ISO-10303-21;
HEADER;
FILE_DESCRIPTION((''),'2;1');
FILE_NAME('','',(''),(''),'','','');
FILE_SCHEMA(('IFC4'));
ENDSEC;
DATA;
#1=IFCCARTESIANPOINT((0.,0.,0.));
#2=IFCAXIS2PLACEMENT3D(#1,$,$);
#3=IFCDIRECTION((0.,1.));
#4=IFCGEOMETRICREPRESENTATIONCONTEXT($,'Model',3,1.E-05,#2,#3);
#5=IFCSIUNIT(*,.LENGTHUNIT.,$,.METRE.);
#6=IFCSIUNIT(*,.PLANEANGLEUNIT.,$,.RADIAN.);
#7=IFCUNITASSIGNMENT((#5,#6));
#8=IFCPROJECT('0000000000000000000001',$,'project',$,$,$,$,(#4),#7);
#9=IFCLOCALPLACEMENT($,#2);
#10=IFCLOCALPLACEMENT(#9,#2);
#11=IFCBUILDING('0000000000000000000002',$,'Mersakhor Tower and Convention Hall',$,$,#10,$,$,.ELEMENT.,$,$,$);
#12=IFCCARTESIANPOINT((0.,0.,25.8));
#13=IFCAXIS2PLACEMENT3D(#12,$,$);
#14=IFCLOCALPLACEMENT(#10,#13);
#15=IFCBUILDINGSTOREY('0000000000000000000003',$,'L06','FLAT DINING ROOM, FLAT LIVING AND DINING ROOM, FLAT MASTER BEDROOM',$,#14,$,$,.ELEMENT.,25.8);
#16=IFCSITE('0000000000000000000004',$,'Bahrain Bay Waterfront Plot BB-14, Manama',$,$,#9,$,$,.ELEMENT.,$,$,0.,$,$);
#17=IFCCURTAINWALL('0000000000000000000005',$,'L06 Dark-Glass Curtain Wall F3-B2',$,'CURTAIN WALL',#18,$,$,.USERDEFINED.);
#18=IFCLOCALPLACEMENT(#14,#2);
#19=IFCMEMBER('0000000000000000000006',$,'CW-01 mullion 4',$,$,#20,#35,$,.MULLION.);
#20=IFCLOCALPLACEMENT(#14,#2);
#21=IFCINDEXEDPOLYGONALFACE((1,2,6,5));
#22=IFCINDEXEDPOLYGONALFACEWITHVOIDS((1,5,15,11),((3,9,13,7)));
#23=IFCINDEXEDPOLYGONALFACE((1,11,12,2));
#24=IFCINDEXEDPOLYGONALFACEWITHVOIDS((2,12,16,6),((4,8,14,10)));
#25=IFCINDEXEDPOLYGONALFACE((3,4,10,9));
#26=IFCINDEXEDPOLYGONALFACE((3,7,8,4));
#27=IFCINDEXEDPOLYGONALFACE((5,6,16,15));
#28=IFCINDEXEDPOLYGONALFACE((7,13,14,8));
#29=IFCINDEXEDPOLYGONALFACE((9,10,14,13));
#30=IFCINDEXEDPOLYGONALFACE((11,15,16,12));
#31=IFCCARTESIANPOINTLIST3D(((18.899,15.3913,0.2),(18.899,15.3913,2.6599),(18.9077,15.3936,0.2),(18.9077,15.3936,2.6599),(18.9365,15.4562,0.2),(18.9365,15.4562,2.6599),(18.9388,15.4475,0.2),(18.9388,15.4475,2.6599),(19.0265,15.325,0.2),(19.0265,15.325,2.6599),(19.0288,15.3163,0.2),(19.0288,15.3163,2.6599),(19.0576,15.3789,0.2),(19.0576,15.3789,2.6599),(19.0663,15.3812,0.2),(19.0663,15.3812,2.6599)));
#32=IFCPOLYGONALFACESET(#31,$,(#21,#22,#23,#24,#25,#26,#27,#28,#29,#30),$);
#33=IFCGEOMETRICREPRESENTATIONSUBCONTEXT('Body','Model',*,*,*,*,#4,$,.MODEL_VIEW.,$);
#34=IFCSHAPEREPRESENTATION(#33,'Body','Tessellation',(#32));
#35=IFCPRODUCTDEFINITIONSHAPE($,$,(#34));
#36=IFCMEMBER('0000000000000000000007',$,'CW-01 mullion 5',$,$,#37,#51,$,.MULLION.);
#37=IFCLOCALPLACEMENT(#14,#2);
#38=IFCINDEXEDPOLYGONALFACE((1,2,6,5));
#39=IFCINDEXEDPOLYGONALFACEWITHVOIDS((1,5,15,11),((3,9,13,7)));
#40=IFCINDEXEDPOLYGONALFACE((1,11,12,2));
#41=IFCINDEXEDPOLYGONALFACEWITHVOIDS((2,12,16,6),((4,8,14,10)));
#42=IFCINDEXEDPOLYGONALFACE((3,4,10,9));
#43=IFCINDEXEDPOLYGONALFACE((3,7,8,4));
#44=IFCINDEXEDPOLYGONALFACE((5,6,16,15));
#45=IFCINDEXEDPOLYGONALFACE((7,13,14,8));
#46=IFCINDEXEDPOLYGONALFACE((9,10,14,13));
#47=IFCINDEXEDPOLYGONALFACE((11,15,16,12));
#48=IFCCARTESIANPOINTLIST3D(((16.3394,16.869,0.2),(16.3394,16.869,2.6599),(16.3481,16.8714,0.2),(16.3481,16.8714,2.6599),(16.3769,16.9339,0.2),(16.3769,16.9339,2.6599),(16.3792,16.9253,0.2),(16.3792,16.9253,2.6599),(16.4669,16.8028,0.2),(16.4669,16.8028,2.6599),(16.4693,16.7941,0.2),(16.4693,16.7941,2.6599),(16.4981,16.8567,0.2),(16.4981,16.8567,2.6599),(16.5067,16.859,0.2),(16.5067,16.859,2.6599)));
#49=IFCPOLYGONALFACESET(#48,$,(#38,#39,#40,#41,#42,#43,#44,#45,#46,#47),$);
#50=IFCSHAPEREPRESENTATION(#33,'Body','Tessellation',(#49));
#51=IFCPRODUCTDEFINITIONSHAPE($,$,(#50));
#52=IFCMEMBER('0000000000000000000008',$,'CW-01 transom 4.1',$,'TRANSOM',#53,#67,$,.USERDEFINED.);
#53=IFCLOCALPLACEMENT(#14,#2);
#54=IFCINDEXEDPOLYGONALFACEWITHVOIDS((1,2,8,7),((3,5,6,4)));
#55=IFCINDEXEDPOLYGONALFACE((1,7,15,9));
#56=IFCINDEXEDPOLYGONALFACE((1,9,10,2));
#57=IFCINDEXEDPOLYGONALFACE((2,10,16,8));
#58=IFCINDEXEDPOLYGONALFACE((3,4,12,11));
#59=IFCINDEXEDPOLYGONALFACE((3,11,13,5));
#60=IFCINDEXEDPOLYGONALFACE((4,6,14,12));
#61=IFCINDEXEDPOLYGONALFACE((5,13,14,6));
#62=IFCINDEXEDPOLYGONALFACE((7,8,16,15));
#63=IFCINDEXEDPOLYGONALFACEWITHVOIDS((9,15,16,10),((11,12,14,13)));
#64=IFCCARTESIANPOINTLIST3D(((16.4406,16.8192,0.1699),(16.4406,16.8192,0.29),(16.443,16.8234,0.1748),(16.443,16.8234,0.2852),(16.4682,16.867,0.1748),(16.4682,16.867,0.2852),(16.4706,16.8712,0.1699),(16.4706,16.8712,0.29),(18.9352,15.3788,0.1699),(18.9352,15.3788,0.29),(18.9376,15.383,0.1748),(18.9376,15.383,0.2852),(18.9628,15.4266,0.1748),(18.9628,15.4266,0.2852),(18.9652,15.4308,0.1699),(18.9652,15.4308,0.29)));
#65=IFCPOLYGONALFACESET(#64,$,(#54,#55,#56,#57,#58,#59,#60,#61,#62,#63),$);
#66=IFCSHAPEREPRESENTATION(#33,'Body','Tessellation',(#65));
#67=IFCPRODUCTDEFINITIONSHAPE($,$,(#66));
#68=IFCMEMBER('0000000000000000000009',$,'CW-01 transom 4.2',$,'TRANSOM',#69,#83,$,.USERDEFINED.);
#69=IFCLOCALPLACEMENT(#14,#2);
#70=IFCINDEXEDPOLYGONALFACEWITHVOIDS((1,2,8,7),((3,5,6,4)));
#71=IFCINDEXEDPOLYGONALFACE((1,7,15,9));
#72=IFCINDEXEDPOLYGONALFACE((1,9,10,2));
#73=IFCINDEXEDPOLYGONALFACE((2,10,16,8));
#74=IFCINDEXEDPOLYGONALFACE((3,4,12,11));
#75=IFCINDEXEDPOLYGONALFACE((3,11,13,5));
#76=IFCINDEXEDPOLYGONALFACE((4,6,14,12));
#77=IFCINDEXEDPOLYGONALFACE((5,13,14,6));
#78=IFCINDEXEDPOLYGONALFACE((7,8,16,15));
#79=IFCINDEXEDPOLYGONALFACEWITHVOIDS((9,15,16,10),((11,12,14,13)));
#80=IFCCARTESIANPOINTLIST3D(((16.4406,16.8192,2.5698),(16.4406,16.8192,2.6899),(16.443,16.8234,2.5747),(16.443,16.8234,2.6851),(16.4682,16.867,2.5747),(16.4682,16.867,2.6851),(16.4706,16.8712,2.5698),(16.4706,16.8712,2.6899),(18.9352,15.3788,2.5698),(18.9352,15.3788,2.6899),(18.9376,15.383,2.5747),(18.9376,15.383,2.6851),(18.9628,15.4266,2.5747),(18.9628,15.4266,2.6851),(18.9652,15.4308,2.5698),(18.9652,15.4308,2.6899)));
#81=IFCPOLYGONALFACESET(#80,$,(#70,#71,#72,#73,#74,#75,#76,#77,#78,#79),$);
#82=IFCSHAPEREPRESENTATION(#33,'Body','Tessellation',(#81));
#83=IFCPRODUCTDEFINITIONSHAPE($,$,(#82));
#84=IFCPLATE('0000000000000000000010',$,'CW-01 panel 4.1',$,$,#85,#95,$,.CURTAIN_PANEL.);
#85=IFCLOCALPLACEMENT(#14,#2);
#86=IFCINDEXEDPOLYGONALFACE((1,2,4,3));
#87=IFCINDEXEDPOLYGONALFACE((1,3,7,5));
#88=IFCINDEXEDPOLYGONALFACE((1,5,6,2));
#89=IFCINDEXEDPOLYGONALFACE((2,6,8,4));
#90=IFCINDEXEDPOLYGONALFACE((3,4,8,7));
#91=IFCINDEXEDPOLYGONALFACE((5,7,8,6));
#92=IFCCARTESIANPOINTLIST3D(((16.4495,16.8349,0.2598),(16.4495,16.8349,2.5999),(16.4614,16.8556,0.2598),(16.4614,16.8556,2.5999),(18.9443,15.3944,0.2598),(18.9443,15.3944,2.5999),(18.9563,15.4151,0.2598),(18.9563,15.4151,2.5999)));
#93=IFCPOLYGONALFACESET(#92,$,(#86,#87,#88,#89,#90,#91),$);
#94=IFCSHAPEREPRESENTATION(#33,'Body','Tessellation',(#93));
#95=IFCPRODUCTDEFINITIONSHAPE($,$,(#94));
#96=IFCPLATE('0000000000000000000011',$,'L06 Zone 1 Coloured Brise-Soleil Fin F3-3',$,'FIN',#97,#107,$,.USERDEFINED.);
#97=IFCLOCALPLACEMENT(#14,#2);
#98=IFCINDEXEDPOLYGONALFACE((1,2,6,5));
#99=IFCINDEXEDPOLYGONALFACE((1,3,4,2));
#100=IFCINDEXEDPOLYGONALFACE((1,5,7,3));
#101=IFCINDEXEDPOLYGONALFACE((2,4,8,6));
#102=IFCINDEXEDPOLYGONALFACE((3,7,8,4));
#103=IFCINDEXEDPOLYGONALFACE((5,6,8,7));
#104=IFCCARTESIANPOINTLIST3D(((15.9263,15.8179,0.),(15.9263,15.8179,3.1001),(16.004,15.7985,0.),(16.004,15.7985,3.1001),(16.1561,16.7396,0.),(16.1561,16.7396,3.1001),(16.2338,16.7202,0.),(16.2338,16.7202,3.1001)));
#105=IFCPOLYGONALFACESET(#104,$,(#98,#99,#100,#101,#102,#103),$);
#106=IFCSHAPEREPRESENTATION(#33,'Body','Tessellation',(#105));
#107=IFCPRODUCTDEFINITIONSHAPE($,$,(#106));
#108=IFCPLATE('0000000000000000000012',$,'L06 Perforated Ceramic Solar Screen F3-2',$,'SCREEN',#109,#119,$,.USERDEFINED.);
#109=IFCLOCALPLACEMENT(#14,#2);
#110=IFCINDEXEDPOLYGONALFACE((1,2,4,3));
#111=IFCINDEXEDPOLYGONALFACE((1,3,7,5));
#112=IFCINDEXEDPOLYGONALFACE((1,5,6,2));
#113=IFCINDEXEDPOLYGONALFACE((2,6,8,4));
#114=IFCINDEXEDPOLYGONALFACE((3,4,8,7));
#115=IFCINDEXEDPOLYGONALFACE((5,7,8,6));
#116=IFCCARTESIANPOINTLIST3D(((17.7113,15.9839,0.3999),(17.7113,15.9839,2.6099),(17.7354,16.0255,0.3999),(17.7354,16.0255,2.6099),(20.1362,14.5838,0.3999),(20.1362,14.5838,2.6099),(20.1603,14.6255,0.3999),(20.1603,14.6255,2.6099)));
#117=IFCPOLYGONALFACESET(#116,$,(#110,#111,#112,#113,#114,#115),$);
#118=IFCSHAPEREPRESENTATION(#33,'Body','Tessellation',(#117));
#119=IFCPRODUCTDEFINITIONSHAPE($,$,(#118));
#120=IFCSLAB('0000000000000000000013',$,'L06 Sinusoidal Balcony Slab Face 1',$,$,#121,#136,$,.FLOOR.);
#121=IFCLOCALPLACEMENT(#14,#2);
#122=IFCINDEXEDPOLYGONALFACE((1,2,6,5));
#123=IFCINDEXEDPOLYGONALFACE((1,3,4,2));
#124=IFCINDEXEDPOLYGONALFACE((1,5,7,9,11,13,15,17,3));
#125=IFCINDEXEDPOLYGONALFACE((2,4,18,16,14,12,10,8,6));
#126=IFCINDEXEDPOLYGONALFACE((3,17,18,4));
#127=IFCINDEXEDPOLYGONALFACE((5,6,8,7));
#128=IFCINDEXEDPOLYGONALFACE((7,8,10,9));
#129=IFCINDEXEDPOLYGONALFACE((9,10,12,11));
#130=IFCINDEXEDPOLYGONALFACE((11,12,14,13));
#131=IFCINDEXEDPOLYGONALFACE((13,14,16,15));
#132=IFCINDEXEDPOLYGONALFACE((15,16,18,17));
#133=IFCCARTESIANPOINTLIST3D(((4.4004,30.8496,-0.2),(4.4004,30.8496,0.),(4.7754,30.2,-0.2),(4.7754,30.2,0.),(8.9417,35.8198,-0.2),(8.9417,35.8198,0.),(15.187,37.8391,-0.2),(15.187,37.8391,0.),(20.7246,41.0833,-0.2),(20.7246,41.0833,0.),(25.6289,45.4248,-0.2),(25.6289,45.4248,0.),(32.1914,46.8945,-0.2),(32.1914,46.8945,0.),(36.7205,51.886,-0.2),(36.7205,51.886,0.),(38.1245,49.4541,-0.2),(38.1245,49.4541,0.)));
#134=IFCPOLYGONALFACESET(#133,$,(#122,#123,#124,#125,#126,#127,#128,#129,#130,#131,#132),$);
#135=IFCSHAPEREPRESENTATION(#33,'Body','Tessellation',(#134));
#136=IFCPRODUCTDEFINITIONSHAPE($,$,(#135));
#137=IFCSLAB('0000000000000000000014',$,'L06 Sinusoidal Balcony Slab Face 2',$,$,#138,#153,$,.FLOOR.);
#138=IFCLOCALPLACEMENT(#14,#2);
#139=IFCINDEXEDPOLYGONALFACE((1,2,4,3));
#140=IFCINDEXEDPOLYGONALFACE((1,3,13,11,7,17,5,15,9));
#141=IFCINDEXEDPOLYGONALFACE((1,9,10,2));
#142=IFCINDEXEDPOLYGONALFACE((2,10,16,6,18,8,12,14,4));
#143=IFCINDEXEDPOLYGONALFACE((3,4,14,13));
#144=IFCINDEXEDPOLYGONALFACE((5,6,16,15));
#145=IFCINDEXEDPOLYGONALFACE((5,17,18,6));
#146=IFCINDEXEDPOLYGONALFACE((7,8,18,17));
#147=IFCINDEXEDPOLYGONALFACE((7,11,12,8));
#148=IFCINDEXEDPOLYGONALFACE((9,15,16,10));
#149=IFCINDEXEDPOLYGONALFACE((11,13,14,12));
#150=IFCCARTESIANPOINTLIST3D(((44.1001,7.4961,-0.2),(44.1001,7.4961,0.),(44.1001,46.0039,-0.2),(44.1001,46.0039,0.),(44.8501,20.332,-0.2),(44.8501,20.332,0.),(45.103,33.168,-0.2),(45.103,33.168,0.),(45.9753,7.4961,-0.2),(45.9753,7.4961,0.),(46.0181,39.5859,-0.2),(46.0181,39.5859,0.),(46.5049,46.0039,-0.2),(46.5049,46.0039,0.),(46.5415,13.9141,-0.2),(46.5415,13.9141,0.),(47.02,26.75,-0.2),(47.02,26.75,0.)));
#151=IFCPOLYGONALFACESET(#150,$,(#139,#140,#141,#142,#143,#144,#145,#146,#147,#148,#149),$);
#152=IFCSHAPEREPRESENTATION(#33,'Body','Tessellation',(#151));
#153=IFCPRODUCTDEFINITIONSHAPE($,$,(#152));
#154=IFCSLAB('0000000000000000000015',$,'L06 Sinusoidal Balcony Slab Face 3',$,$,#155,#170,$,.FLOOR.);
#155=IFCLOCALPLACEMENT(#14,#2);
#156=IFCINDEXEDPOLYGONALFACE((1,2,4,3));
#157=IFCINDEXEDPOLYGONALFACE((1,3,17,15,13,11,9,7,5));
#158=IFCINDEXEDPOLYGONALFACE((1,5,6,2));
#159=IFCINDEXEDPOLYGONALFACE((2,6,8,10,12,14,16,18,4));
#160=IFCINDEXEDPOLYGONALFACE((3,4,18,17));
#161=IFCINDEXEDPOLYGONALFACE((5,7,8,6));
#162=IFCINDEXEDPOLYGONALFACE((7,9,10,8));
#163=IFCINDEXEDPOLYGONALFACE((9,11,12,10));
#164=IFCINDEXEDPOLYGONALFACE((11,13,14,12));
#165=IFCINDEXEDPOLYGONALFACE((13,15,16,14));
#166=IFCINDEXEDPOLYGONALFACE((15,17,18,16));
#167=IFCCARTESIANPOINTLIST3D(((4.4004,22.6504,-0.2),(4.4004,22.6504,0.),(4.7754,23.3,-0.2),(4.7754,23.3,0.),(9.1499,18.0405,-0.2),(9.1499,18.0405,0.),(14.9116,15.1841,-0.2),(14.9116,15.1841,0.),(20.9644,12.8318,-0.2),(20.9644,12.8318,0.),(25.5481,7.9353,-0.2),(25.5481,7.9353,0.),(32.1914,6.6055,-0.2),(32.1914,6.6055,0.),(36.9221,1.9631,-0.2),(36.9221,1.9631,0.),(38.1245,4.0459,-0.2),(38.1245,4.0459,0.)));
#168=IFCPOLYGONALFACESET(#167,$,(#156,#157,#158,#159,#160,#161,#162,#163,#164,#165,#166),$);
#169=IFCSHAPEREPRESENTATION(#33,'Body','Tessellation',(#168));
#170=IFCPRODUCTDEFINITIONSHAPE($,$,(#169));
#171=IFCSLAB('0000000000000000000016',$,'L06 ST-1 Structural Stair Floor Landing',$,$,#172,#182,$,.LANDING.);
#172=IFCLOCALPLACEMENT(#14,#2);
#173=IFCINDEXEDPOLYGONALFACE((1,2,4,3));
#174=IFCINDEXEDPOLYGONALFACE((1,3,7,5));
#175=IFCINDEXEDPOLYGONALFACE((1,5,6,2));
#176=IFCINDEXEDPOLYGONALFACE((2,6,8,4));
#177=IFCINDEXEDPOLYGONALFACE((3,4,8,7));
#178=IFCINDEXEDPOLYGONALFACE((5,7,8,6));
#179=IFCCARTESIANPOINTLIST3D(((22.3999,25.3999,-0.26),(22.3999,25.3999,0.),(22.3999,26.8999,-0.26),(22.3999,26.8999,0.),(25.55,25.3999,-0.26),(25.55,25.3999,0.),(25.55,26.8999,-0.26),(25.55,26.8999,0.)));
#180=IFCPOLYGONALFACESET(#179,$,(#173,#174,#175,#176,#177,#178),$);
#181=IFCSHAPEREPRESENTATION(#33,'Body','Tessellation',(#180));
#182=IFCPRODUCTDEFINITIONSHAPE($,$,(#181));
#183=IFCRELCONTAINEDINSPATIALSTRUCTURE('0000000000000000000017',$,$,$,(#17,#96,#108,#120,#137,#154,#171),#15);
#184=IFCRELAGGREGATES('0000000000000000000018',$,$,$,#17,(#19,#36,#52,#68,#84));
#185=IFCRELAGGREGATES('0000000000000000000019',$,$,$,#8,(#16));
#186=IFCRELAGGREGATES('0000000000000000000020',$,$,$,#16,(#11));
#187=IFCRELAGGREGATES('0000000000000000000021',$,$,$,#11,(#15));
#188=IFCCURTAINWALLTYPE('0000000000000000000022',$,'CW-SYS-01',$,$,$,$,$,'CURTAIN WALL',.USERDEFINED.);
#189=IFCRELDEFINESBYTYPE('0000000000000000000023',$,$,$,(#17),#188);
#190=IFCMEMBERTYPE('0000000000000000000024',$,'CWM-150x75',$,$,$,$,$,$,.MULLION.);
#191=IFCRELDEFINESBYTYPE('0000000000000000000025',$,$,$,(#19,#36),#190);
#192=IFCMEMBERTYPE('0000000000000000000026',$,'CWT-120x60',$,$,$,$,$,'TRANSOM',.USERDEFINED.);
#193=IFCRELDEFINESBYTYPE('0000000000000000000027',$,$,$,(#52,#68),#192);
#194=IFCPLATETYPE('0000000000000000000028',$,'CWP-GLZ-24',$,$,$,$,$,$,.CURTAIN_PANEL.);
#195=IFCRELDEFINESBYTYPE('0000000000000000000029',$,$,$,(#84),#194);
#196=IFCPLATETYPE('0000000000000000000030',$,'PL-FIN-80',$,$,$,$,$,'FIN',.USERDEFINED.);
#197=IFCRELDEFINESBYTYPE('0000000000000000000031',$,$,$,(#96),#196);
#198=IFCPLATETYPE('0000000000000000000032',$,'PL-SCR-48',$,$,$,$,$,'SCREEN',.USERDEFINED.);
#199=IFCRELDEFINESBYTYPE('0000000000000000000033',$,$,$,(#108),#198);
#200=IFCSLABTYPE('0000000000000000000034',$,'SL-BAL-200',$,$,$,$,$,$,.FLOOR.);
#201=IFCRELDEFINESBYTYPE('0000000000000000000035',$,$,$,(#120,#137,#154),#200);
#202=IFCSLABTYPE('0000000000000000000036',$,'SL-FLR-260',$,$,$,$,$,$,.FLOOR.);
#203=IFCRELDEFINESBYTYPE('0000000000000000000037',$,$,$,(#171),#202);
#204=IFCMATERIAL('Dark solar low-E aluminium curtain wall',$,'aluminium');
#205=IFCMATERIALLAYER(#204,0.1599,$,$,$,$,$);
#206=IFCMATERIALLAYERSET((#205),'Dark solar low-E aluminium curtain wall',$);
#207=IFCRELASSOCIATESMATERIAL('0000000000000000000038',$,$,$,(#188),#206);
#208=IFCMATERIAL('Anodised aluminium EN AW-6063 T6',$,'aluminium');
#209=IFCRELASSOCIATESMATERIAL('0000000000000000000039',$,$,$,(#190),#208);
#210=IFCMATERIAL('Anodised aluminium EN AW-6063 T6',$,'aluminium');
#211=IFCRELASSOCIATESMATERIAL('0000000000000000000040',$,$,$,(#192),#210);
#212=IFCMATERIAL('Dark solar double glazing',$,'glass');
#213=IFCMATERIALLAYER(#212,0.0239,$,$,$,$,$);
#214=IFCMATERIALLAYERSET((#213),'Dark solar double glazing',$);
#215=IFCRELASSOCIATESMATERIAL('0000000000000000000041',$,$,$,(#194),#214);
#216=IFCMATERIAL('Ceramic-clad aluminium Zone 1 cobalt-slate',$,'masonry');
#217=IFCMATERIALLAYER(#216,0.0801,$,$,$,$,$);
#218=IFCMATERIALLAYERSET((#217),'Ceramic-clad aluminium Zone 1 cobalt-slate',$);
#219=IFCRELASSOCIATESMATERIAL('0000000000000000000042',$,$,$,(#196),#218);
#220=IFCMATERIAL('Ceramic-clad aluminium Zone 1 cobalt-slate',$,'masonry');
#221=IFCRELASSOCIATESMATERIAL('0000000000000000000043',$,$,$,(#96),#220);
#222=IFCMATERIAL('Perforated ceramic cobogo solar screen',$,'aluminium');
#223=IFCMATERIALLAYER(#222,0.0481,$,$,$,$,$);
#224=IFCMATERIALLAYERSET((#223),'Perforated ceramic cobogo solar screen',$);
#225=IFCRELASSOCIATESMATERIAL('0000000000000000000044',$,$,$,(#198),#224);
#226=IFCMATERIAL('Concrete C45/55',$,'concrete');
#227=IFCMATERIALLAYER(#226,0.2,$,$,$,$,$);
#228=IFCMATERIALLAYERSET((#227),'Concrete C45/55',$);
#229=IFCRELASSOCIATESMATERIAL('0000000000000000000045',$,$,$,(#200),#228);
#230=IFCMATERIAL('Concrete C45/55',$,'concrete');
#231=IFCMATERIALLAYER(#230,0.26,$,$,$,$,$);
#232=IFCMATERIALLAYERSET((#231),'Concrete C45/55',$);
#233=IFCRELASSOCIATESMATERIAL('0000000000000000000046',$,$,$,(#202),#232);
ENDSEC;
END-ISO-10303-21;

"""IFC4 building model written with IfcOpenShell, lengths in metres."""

from ifc_helpers import new_model, si_unit, direction, frame, origin, origin_2d, place, context, subcontext, project, spatial, polyline, rectangle, hollow_rectangle, outline, extrude, material, layer, layer_set, material_profile, profile_set, type_object, element, aggregate, save


model = new_model("IFC4")

# Units and contexts
model_context = context("Model", 3, precision=1e-05, world=origin(), true_north=direction((0.0, 1.0)))
body_context = subcontext(model_context, "Body", "Model", "MODEL_VIEW")
ifc_project = project(units=[si_unit("LENGTHUNIT", "METRE"), si_unit("PLANEANGLEUNIT", "RADIAN")], contexts=[model_context])

# Site, building, storey
site_placement = place(None, origin())
site = spatial("IfcSite", under=ifc_project, at=site_placement, Name="Bahrain Bay Waterfront Plot BB-14, Manama", CompositionType="ELEMENT", RefElevation=0.0)
building_placement = place(site_placement, origin())
building = spatial("IfcBuilding", under=site, at=building_placement, Name="Mersakhor Tower and Convention Hall", CompositionType="ELEMENT")
storey_placement = place(building_placement, frame((0.0, 0.0, 25.8)))
storey = spatial("IfcBuildingStorey", under=building, at=storey_placement, Name="L06", Description="FLAT DINING ROOM, FLAT LIVING AND DINING ROOM, FLAT MASTER BEDROOM", CompositionType="ELEMENT", Elevation=25.8)

# Curtain wall, members, plate
ifc_material_1 = material(Name="Dark solar low-E aluminium curtain wall", Category="aluminium")
ifc_layer_1 = layer(ifc_material_1, 0.1599)
ifc_layer_set_1 = layer_set([ifc_layer_1], Name="Dark solar low-E aluminium curtain wall")
curtain_wall_type = type_object("IfcCurtainWallType", Name="CW-SYS-01", ElementType="CURTAIN WALL", PredefinedType="USERDEFINED", material=ifc_layer_set_1)
curtain_wall_placement = place(storey_placement, origin())
curtain_wall = element("IfcCurtainWall", 1, at=curtain_wall_placement, inside=storey, type_object=curtain_wall_type, Name="L06 Dark-Glass Curtain Wall F3-B2", ObjectType="CURTAIN WALL", PredefinedType="USERDEFINED")
ifc_material_2 = material(Name="Anodised aluminium EN AW-6063 T6", Category="aluminium")
ifc_material_profile_1 = material_profile(ifc_material_2, hollow_rectangle(XDim=0.075, YDim=0.1499, WallThickness=0.0063, at=origin_2d()), Name="RHS 150x75x6.3")
ifc_profile_set_1 = profile_set([ifc_material_profile_1], Name="Anodised aluminium EN AW-6063 T6")
member_type_1 = type_object("IfcMemberType", Name="CWM-150x75", PredefinedType="MULLION", material=ifc_profile_set_1)
member_1_placement = place(storey_placement, frame((18.9827, 15.3862, 0.2), z_axis=(0.0, 0.0, 1.0), x_axis=(-0.500003, -0.866023, 0.0)))
member_1 = element("IfcMember", 2, at=member_1_placement, type_object=member_type_1, Name="CW-01 mullion 4", PredefinedType="MULLION", context=body_context, shape_type="SweptSolid", body=[
    extrude(hollow_rectangle(XDim=0.075, YDim=0.1499, WallThickness=0.0063, at=origin_2d()), origin(), (0.0, 0.0, 1.0), 2.46),
])
member_2_placement = place(storey_placement, frame((16.4231, 16.864, 0.2), z_axis=(0.0, 0.0, 1.0), x_axis=(-0.500003, -0.866023, 0.0)))
member_2 = element("IfcMember", 3, at=member_2_placement, type_object=member_type_1, Name="CW-01 mullion 5", PredefinedType="MULLION", context=body_context, shape_type="SweptSolid", body=[
    extrude(hollow_rectangle(XDim=0.075, YDim=0.1499, WallThickness=0.0063, at=origin_2d()), origin(), (0.0, 0.0, 1.0), 2.46),
])
ifc_material_3 = material(Name="Anodised aluminium EN AW-6063 T6", Category="aluminium")
ifc_material_profile_2 = material_profile(ifc_material_3, hollow_rectangle(XDim=0.0601, YDim=0.1201, WallThickness=0.0049, at=origin_2d()), Name="RHS 120x60x5")
ifc_profile_set_2 = profile_set([ifc_material_profile_2], Name="Anodised aluminium EN AW-6063 T6")
member_type_2 = type_object("IfcMemberType", Name="CWT-120x60", ElementType="TRANSOM", PredefinedType="USERDEFINED", material=ifc_profile_set_2)
member_3_placement = place(storey_placement, frame((18.9502, 15.4048, 0.23), z_axis=(-0.866002, 0.50004, 0.0), x_axis=(-0.50004, -0.866002, 0.0)))
member_3 = element("IfcMember", 4, at=member_3_placement, type_object=member_type_2, Name="CW-01 transom 4.1", ObjectType="TRANSOM", PredefinedType="USERDEFINED", context=body_context, shape_type="SweptSolid", body=[
    extrude(hollow_rectangle(XDim=0.0601, YDim=0.1201, WallThickness=0.0049, at=origin_2d()), origin(), (0.0, 0.0, 1.0), 2.8806),
])
member_4_placement = place(storey_placement, frame((18.9502, 15.4048, 2.6299), z_axis=(-0.866002, 0.50004, 0.0), x_axis=(-0.50004, -0.866002, 0.0)))
member_4 = element("IfcMember", 5, at=member_4_placement, type_object=member_type_2, Name="CW-01 transom 4.2", ObjectType="TRANSOM", PredefinedType="USERDEFINED", context=body_context, shape_type="SweptSolid", body=[
    extrude(hollow_rectangle(XDim=0.0601, YDim=0.1201, WallThickness=0.0049, at=origin_2d()), origin(), (0.0, 0.0, 1.0), 2.8806),
])
ifc_material_4 = material(Name="Dark solar double glazing", Category="glass")
ifc_layer_2 = layer(ifc_material_4, 0.0239)
ifc_layer_set_2 = layer_set([ifc_layer_2], Name="Dark solar double glazing")
plate_type_1 = type_object("IfcPlateType", Name="CWP-GLZ-24", PredefinedType="CURTAIN_PANEL", material=ifc_layer_set_2)
plate_1_placement = place(storey_placement, frame((17.7029, 16.125, 0.2598), z_axis=(0.0, 0.0, 1.0), x_axis=(-0.866023, 0.500003, 0.0)))
plate_1 = element("IfcPlate", 6, at=plate_1_placement, type_object=plate_type_1, Name="CW-01 panel 4.1", PredefinedType="CURTAIN_PANEL", context=body_context, shape_type="SweptSolid", body=[
    extrude(rectangle(XDim=2.8809, YDim=0.0239, at=origin_2d()), origin(), (0.0, 0.0, 1.0), 2.3401),
])
aggregate(curtain_wall, [member_1, member_2, member_3, member_4, plate_1])

# Plates
ifc_material_5 = material(Name="Ceramic-clad aluminium Zone 1 cobalt-slate", Category="masonry")
ifc_material_6 = material(Name="Ceramic-clad aluminium Zone 1 cobalt-slate", Category="masonry")
ifc_layer_3 = layer(ifc_material_6, 0.0801)
ifc_layer_set_3 = layer_set([ifc_layer_3], Name="Ceramic-clad aluminium Zone 1 cobalt-slate")
plate_type_2 = type_object("IfcPlateType", Name="PL-FIN-80", ElementType="FIN", PredefinedType="USERDEFINED", material=ifc_layer_set_3)
plate_2_placement = place(storey_placement, frame((16.0801, 16.269, 0.0), z_axis=(0.0, 0.0, 1.0), x_axis=(-0.241922, -0.970296, 0.0)))
element("IfcPlate", 7, at=plate_2_placement, inside=storey, type_object=plate_type_2, material=ifc_material_5, Name="L06 Zone 1 Coloured Brise-Soleil Fin F3-3", ObjectType="FIN", PredefinedType="USERDEFINED", context=body_context, shape_type="SweptSolid", body=[
    extrude(rectangle(XDim=0.95, YDim=0.0801, at=origin_2d()), origin(), (0.0, 0.0, 1.0), 3.1001),
])
ifc_material_7 = material(Name="Perforated ceramic cobogo solar screen", Category="aluminium")
ifc_layer_4 = layer(ifc_material_7, 0.0481)
ifc_layer_set_4 = layer_set([ifc_layer_4], Name="Perforated ceramic cobogo solar screen")
plate_type_3 = type_object("IfcPlateType", Name="PL-SCR-48", ElementType="SCREEN", PredefinedType="USERDEFINED", material=ifc_layer_set_4)
plate_3_placement = place(storey_placement, frame((18.9358, 15.3047, 0.3999), z_axis=(0.0, 0.0, 1.0), x_axis=(-0.866025, 0.5, 0.0)))
element("IfcPlate", 8, at=plate_3_placement, inside=storey, type_object=plate_type_3, Name="L06 Perforated Ceramic Solar Screen F3-2", ObjectType="SCREEN", PredefinedType="USERDEFINED", context=body_context, shape_type="SweptSolid", body=[
    extrude(rectangle(XDim=2.8, YDim=0.0481, at=origin_2d()), origin(), (0.0, 0.0, 1.0), 2.21),
])

# Slabs
ifc_material_8 = material(Name="Concrete C45/55", Category="concrete")
ifc_layer_5 = layer(ifc_material_8, 0.2)
ifc_layer_set_5 = layer_set([ifc_layer_5], Name="Concrete C45/55")
slab_type_1 = type_object("IfcSlabType", Name="SL-BAL-200", PredefinedType="FLOOR", material=ifc_layer_set_5)
slab_1_placement = place(storey_placement, frame((0.0, 0.0, -0.2)))
element("IfcSlab", 9, at=slab_1_placement, inside=storey, type_object=slab_type_1, Name="L06 Sinusoidal Balcony Slab Face 1", PredefinedType="FLOOR", context=body_context, shape_type="SweptSolid", body=[
    extrude(outline(polyline([(4.7754, 30.2), (38.1245, 49.4541), (36.7205, 51.886), (32.1914, 46.8945), (25.6289, 45.4248), (20.7246, 41.0833), (15.187, 37.8391), (8.9417, 35.8198), (4.4004, 30.8496), (4.7754, 30.2)])), origin(), (0.0, 0.0, 1.0), 0.2),
])
slab_2_placement = place(storey_placement, frame((0.0, 0.0, -0.2)))
element("IfcSlab", 10, at=slab_2_placement, inside=storey, type_object=slab_type_1, Name="L06 Sinusoidal Balcony Slab Face 2", PredefinedType="FLOOR", context=body_context, shape_type="SweptSolid", body=[
    extrude(outline(polyline([(44.1001, 46.0039), (44.1001, 7.4961), (45.9753, 7.4961), (46.5415, 13.9141), (44.8501, 20.332), (47.02, 26.75), (45.103, 33.168), (46.0181, 39.5859), (46.5049, 46.0039), (44.1001, 46.0039)])), origin(), (0.0, 0.0, 1.0), 0.2),
])
slab_3_placement = place(storey_placement, frame((0.0, 0.0, -0.2)))
element("IfcSlab", 11, at=slab_3_placement, inside=storey, type_object=slab_type_1, Name="L06 Sinusoidal Balcony Slab Face 3", PredefinedType="FLOOR", context=body_context, shape_type="SweptSolid", body=[
    extrude(outline(polyline([(38.1245, 4.0459), (4.7754, 23.3), (4.4004, 22.6504), (9.1499, 18.0405), (14.9116, 15.1841), (20.9644, 12.8318), (25.5481, 7.9353), (32.1914, 6.6055), (36.9221, 1.9631), (38.1245, 4.0459)])), origin(), (0.0, 0.0, 1.0), 0.2),
])
ifc_material_9 = material(Name="Concrete C45/55", Category="concrete")
ifc_layer_6 = layer(ifc_material_9, 0.26)
ifc_layer_set_6 = layer_set([ifc_layer_6], Name="Concrete C45/55")
slab_type_2 = type_object("IfcSlabType", Name="SL-FLR-260", PredefinedType="FLOOR", material=ifc_layer_set_6)
slab_4_placement = place(storey_placement, frame((0.0, 0.0, -0.26)))
element("IfcSlab", 12, at=slab_4_placement, inside=storey, type_object=slab_type_2, Name="L06 ST-1 Structural Stair Floor Landing", PredefinedType="LANDING", context=body_context, shape_type="SweptSolid", body=[
    extrude(outline(polyline([(25.55, 25.3999), (25.55, 26.8999), (22.3999, 26.8999), (22.3999, 25.3999), (25.55, 25.3999)])), origin(), (0.0, 0.0, 1.0), 0.26),
])

save(model, "model.ifc")
